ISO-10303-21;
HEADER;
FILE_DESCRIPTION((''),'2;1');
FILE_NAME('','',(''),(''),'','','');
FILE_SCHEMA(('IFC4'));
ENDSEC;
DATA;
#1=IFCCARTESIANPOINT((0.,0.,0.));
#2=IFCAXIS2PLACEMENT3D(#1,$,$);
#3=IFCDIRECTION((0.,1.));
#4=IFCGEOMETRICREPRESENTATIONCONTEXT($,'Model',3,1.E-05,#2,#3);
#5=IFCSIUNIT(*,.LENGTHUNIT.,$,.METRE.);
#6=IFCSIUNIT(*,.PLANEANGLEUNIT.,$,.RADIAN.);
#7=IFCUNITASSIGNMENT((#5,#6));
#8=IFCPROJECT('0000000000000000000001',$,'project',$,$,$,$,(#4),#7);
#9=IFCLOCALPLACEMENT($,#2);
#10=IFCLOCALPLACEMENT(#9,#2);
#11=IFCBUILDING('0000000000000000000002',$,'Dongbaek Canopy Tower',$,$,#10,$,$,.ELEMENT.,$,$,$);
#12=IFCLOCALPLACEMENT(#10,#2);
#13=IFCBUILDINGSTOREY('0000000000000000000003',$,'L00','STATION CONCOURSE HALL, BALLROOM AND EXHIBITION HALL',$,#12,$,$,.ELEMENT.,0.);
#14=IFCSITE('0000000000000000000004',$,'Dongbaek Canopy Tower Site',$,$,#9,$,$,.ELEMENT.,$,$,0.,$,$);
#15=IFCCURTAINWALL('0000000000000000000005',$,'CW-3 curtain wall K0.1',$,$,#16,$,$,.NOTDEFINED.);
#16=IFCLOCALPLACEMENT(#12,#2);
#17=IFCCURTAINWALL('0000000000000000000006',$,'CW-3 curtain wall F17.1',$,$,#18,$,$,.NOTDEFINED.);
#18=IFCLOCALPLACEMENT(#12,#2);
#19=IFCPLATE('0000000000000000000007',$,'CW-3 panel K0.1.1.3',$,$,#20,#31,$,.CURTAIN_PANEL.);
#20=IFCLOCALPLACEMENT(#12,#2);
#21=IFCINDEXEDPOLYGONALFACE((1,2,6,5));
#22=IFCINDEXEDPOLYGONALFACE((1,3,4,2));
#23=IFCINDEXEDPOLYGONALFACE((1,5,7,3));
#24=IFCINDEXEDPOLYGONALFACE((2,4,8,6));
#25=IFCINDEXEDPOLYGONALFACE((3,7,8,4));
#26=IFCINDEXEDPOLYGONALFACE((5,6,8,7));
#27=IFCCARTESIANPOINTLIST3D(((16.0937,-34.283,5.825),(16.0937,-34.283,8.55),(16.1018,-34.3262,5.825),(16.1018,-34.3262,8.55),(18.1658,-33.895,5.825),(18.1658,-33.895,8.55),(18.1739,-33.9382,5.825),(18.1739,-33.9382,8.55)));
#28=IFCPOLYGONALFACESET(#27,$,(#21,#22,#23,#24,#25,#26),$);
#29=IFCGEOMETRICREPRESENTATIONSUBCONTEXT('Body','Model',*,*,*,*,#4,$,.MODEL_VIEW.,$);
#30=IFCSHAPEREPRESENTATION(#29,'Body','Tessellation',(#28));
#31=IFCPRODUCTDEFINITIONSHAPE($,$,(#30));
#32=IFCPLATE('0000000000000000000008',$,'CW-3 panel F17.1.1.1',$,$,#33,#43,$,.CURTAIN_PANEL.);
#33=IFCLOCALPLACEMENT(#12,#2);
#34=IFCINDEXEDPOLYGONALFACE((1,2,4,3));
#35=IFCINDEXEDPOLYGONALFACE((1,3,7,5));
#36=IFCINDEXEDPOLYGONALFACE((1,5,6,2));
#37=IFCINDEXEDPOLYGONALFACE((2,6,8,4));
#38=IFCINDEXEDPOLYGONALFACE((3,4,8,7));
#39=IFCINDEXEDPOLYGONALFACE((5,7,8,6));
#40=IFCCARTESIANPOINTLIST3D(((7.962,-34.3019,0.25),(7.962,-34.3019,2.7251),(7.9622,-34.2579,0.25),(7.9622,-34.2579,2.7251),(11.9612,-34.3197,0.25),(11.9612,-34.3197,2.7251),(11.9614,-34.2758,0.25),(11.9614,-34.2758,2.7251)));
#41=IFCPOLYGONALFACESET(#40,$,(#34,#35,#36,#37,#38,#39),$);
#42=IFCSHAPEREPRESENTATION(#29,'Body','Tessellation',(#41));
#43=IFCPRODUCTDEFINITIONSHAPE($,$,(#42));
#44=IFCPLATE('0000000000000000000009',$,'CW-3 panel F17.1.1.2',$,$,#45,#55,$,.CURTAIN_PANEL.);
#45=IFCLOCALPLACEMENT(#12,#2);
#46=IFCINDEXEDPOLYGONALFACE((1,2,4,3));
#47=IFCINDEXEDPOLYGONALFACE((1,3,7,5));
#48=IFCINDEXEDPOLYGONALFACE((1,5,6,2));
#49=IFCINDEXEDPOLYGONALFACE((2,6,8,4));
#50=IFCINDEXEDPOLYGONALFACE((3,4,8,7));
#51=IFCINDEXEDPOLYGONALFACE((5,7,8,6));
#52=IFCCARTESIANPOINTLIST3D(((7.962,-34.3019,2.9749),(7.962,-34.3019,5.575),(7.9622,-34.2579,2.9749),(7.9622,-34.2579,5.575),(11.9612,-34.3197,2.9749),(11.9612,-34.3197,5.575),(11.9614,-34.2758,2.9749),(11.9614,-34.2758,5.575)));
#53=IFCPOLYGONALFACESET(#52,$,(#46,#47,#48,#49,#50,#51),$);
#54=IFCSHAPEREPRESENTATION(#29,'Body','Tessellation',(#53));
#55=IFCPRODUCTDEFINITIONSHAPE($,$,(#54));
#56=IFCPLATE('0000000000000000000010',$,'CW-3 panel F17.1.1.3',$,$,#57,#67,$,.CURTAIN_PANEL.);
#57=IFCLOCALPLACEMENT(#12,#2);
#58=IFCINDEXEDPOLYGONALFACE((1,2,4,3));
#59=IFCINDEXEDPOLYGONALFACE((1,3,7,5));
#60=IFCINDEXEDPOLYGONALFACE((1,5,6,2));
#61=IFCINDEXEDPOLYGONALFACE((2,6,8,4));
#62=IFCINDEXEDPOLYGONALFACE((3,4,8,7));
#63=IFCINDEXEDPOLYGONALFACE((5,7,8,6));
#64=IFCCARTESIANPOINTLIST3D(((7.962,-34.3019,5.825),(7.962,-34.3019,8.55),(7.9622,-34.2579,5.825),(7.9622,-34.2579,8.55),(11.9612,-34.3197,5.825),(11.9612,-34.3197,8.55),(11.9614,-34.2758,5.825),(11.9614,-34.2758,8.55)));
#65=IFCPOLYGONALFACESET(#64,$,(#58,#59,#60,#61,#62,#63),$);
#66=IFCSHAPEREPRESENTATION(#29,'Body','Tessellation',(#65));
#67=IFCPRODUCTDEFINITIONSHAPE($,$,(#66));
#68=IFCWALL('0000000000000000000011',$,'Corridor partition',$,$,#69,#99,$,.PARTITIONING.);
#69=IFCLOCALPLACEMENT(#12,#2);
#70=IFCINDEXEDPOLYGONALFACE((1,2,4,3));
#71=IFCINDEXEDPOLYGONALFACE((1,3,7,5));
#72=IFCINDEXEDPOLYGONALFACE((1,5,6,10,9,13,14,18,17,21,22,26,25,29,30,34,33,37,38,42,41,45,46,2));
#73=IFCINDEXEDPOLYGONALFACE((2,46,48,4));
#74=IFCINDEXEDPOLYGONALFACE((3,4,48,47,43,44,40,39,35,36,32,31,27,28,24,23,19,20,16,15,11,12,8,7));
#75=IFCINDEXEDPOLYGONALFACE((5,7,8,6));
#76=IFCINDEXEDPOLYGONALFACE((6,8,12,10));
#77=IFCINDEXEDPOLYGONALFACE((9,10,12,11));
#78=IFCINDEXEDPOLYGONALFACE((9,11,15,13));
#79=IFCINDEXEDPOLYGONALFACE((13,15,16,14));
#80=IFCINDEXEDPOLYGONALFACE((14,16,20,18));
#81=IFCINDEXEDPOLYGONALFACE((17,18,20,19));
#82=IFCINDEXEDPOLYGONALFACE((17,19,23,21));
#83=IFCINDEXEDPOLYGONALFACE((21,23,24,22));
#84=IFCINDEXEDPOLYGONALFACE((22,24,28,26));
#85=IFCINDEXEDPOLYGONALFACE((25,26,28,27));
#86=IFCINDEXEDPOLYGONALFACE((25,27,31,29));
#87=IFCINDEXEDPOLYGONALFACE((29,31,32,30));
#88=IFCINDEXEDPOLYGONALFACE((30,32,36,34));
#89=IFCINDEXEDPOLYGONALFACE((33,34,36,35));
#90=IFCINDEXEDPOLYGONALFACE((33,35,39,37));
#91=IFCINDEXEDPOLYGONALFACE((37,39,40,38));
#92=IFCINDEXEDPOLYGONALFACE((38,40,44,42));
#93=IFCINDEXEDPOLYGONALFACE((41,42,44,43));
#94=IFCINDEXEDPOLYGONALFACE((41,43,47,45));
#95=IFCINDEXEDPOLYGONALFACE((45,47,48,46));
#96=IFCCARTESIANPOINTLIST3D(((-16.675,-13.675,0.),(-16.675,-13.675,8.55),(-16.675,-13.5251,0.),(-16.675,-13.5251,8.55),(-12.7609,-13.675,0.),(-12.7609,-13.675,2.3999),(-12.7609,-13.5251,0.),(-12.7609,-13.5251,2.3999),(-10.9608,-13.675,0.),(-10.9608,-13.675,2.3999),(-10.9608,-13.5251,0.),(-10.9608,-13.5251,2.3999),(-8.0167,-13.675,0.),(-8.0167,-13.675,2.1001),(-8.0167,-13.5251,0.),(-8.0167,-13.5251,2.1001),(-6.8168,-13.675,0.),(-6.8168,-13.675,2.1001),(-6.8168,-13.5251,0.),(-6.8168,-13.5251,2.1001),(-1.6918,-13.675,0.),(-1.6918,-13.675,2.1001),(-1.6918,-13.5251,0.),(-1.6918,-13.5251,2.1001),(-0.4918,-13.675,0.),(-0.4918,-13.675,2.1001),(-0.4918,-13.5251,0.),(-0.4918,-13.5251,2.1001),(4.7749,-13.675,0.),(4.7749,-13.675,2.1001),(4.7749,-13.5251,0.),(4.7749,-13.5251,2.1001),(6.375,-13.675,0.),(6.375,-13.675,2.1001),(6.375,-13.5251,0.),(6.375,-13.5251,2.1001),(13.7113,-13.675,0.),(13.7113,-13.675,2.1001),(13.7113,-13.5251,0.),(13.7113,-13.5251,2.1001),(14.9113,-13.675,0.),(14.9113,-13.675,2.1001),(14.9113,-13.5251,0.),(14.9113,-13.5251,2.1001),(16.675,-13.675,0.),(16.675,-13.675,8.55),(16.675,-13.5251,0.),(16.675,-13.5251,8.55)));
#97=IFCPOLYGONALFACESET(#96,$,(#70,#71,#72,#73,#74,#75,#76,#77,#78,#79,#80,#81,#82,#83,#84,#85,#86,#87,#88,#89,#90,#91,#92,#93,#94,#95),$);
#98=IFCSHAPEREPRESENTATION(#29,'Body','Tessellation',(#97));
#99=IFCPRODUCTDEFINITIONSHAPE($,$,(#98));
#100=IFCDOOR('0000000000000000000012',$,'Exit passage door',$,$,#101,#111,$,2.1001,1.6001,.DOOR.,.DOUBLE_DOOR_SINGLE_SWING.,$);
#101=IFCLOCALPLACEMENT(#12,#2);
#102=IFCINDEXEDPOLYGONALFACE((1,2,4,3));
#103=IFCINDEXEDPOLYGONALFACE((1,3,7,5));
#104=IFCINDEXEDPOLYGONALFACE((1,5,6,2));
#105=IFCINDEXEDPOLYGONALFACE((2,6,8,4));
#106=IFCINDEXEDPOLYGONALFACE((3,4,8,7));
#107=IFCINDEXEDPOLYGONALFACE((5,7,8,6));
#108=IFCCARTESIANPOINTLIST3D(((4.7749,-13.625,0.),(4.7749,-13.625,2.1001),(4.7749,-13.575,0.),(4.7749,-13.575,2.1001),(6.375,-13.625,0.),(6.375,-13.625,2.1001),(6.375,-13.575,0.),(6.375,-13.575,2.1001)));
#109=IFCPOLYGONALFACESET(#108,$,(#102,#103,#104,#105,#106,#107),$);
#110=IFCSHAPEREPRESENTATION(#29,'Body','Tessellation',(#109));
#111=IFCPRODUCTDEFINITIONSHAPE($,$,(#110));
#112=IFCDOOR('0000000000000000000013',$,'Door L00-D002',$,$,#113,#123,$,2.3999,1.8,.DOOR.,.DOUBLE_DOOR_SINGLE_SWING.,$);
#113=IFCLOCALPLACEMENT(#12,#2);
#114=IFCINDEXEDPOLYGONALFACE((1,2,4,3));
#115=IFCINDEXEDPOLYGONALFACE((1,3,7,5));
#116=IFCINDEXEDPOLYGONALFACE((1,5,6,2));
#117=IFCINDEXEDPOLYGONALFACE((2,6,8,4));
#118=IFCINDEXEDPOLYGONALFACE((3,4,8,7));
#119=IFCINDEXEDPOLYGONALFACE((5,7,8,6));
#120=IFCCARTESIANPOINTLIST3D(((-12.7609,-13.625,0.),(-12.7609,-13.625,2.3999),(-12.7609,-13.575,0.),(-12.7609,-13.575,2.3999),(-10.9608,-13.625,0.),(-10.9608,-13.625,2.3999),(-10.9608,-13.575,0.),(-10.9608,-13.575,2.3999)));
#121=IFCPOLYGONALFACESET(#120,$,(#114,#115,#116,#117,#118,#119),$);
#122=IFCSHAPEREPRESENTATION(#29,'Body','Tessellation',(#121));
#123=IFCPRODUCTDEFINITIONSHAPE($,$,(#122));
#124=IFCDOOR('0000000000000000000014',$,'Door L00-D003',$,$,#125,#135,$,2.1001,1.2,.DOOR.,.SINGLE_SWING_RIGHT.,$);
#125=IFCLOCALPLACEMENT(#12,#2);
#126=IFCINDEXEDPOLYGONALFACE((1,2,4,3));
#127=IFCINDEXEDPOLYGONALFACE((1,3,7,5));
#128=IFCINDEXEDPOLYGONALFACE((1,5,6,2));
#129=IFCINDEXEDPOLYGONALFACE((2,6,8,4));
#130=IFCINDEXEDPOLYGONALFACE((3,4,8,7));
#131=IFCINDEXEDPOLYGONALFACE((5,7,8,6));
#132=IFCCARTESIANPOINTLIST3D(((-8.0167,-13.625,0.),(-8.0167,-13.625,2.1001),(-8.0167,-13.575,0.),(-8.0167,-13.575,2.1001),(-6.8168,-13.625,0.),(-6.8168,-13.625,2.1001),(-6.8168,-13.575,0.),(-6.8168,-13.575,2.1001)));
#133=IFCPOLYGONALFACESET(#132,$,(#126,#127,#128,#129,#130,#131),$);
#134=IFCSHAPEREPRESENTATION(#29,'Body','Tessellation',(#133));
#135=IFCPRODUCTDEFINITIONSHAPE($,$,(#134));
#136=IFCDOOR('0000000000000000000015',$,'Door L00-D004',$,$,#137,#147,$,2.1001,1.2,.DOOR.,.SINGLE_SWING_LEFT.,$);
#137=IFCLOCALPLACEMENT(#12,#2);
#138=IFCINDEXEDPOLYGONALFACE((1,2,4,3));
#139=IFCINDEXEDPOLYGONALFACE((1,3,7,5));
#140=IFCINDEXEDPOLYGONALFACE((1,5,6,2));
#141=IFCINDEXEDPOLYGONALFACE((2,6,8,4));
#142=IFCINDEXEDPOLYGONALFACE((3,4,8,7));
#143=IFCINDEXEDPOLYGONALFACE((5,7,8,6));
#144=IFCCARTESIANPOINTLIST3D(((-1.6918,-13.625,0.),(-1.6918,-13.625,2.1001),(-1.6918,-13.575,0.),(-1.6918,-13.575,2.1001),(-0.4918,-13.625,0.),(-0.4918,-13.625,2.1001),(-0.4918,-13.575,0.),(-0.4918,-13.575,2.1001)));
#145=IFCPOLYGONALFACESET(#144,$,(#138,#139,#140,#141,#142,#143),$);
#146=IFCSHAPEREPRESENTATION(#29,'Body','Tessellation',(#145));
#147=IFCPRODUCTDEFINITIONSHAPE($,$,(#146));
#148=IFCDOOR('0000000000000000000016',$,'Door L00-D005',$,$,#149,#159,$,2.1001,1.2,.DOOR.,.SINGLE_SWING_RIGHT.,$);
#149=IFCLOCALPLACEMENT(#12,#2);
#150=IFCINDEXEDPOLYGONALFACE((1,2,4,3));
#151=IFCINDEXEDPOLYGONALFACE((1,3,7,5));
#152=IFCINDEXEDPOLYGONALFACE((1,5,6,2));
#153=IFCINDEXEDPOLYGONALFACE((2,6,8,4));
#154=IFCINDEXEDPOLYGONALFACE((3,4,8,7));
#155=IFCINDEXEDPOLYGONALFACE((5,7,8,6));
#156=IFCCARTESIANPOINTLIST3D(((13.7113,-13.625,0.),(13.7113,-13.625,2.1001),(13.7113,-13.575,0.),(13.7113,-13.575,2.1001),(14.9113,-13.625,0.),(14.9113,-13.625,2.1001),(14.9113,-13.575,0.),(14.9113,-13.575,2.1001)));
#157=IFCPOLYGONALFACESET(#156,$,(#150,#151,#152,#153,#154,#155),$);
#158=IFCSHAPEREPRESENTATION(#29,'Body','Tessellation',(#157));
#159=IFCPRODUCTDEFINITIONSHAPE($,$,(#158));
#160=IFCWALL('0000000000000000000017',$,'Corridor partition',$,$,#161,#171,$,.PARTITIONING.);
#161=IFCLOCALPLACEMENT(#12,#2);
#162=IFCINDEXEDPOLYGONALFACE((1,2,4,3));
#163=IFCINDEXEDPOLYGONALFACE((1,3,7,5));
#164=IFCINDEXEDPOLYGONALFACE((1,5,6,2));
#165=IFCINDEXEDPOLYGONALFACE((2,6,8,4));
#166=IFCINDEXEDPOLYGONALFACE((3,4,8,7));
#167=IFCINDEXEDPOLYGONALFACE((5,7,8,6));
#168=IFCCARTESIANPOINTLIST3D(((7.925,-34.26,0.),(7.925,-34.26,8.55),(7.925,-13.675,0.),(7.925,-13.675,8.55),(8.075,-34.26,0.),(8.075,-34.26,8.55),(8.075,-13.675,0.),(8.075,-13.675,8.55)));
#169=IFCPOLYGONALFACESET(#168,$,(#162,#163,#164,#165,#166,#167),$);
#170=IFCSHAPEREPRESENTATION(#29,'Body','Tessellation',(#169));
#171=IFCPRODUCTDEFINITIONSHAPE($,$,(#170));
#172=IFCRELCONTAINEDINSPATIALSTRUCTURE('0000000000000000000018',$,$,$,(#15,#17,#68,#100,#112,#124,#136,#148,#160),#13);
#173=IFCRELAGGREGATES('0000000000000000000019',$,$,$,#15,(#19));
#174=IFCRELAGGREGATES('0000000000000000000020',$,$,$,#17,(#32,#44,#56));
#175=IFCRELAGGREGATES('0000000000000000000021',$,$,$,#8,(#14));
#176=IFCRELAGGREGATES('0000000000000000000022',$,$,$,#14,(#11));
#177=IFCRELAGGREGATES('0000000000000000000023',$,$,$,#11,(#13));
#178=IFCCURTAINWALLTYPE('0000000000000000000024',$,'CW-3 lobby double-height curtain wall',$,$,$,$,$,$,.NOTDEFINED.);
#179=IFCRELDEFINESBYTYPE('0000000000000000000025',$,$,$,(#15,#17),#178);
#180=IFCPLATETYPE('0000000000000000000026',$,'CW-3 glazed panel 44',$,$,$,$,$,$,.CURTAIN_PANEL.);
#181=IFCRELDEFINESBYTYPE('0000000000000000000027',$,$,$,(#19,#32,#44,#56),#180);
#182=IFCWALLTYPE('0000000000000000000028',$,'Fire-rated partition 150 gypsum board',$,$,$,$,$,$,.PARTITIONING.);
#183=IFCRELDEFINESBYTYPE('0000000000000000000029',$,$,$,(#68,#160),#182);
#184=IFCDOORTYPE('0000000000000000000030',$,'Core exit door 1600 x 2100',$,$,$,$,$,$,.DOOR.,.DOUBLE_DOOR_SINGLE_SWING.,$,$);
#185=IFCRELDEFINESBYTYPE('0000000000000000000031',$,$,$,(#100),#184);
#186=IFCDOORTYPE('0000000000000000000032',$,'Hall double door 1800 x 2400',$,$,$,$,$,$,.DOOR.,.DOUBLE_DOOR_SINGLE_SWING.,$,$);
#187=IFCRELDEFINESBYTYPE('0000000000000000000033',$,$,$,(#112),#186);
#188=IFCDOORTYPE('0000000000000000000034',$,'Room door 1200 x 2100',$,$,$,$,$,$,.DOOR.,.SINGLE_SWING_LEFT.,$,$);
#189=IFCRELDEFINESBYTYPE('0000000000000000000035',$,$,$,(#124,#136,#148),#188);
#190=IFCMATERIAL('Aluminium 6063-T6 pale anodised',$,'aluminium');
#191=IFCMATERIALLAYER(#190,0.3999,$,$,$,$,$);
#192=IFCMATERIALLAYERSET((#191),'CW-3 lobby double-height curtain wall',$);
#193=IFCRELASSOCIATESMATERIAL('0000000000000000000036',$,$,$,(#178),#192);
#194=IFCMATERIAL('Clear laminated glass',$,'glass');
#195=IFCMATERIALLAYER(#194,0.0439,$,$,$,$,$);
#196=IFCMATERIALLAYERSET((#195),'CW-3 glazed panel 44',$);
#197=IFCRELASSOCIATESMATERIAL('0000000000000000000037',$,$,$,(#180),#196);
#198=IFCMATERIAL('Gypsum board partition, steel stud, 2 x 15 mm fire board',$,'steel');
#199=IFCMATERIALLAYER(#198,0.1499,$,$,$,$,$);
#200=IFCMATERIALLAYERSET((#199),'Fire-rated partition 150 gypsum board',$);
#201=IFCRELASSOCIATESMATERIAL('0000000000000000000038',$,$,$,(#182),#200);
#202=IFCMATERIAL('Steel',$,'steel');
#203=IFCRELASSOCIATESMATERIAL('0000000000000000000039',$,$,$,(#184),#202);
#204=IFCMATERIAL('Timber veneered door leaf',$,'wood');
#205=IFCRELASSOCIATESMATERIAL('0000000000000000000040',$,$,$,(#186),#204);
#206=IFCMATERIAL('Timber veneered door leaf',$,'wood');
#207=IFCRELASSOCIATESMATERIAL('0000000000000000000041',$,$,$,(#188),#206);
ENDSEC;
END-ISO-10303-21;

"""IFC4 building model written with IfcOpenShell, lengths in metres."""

from ifc_helpers import new_model, si_unit, direction, frame, frame_2d, origin, origin_2d, place, context, subcontext, project, spatial, rectangle, extrude, material, layer, layer_set, type_object, element, fill, aggregate, save


model = new_model("IFC4")

# Units and contexts
model_context = context("Model", 3, precision=1e-05, world=origin(), true_north=direction((0.0, 1.0)))
body_context = subcontext(model_context, "Body", "Model", "MODEL_VIEW")
ifc_project = project(units=[si_unit("LENGTHUNIT", "METRE"), si_unit("PLANEANGLEUNIT", "RADIAN")], contexts=[model_context])

# Site, building, storey
site_placement = place(None, origin())
site = spatial("IfcSite", under=ifc_project, at=site_placement, Name="Dongbaek Canopy Tower Site", CompositionType="ELEMENT", RefElevation=0.0)
building_placement = place(site_placement, origin())
building = spatial("IfcBuilding", under=site, at=building_placement, Name="Dongbaek Canopy Tower", CompositionType="ELEMENT")
storey_placement = place(building_placement, origin())
storey = spatial("IfcBuildingStorey", under=building, at=storey_placement, Name="L00", Description="STATION CONCOURSE HALL, BALLROOM AND EXHIBITION HALL", CompositionType="ELEMENT", Elevation=0.0)

# Curtain wall
ifc_material_1 = material(Name="Aluminium 6063-T6 pale anodised", Category="aluminium")
ifc_layer_1 = layer(ifc_material_1, 0.3999)
ifc_layer_set_1 = layer_set([ifc_layer_1], Name="CW-3 lobby double-height curtain wall")
curtain_wall_type = type_object("IfcCurtainWallType", Name="CW-3 lobby double-height curtain wall", PredefinedType="NOTDEFINED", material=ifc_layer_set_1)
curtain_wall_1_placement = place(storey_placement, origin())
curtain_wall_1 = element("IfcCurtainWall", 1, at=curtain_wall_1_placement, inside=storey, type_object=curtain_wall_type, Name="CW-3 curtain wall K0.1", PredefinedType="NOTDEFINED")

# Curtain wall
curtain_wall_2_placement = place(storey_placement, origin())
curtain_wall_2 = element("IfcCurtainWall", 2, at=curtain_wall_2_placement, inside=storey, type_object=curtain_wall_type, Name="CW-3 curtain wall F17.1", PredefinedType="NOTDEFINED")

# Plates
ifc_material_2 = material(Name="Clear laminated glass", Category="glass")
ifc_layer_2 = layer(ifc_material_2, 0.0439)
ifc_layer_set_2 = layer_set([ifc_layer_2], Name="CW-3 glazed panel 44")
plate_type = type_object("IfcPlateType", Name="CW-3 glazed panel 44", PredefinedType="CURTAIN_PANEL", material=ifc_layer_set_2)
plate_1_placement = place(storey_placement, frame((17.1338, -34.1106, 5.825), z_axis=(0.0, 0.0, 1.0), x_axis=(0.982922, 0.184024, 0.0)))
plate_1 = element("IfcPlate", 3, at=plate_1_placement, type_object=plate_type, Name="CW-3 panel K0.1.1.3", PredefinedType="CURTAIN_PANEL", context=body_context, shape_type="SweptSolid", body=[
    extrude(rectangle(XDim=2.1082, YDim=0.0439, at=origin_2d()), origin(), (0.0, 0.0, 1.0), 2.7251),
])
aggregate(curtain_wall_1, [plate_1])
plate_2_placement = place(storey_placement, frame((9.9617, -34.2888, 0.25), z_axis=(0.0, 0.0, 1.0), x_axis=(0.99999, -0.004466, 0.0)))
plate_2 = element("IfcPlate", 4, at=plate_2_placement, type_object=plate_type, Name="CW-3 panel F17.1.1.1", PredefinedType="CURTAIN_PANEL", context=body_context, shape_type="SweptSolid", body=[
    extrude(rectangle(XDim=3.9993, YDim=0.0439, at=origin_2d()), origin(), (0.0, 0.0, 1.0), 2.4751),
])
plate_3_placement = place(storey_placement, frame((9.9617, -34.2888, 2.9749), z_axis=(0.0, 0.0, 1.0), x_axis=(0.99999, -0.004466, 0.0)))
plate_3 = element("IfcPlate", 5, at=plate_3_placement, type_object=plate_type, Name="CW-3 panel F17.1.1.2", PredefinedType="CURTAIN_PANEL", context=body_context, shape_type="SweptSolid", body=[
    extrude(rectangle(XDim=3.9993, YDim=0.0439, at=origin_2d()), origin(), (0.0, 0.0, 1.0), 2.6001),
])
plate_4_placement = place(storey_placement, frame((9.9617, -34.2888, 5.825), z_axis=(0.0, 0.0, 1.0), x_axis=(0.99999, -0.004466, 0.0)))
plate_4 = element("IfcPlate", 6, at=plate_4_placement, type_object=plate_type, Name="CW-3 panel F17.1.1.3", PredefinedType="CURTAIN_PANEL", context=body_context, shape_type="SweptSolid", body=[
    extrude(rectangle(XDim=3.9993, YDim=0.0439, at=origin_2d()), origin(), (0.0, 0.0, 1.0), 2.7251),
])
aggregate(curtain_wall_2, [plate_2, plate_3, plate_4])

# Wall, openings, doors
ifc_material_3 = material(Name="Gypsum board partition, steel stud, 2 x 15 mm fire board", Category="steel")
ifc_layer_3 = layer(ifc_material_3, 0.1499)
ifc_layer_set_3 = layer_set([ifc_layer_3], Name="Fire-rated partition 150 gypsum board")
wall_type_1 = type_object("IfcWallType", Name="Fire-rated partition 150 gypsum board", PredefinedType="PARTITIONING", material=ifc_layer_set_3)
wall_1_placement = place(storey_placement, frame((16.675, -13.6001, 0.0), z_axis=(0.0, 0.0, 1.0), x_axis=(-1.0, 0.0, 0.0)))
wall_1 = element("IfcWall", 7, at=wall_1_placement, inside=storey, type_object=wall_type_1, Name="Corridor partition", PredefinedType="PARTITIONING", context=body_context, shape_type="SweptSolid", body=[
    extrude(rectangle(XDim=33.3501, YDim=0.1499, at=frame_2d((16.675, 0.0))), origin(), (0.0, 0.0, 1.0), 8.55),
])
opening_1_placement = place(wall_1_placement, frame((27.636, 0.0, 0.0)))
opening_1 = element("IfcOpeningElement", 8, at=opening_1_placement, cuts=wall_1, PredefinedType="OPENING", context=body_context, shape_type="SweptSolid", body=[
    extrude(rectangle(XDim=1.8, YDim=2.3999, at=frame_2d((0.8999, 1.2))), frame((0.0, 0.085, 0.0), z_axis=(0.0, -1.0, 0.0), x_axis=(1.0, 0.0, 0.0)), (0.0, 0.0, 1.0), 0.1699),
])
opening_2_placement = place(wall_1_placement, frame((23.4917, 0.0, 0.0)))
opening_2 = element("IfcOpeningElement", 9, at=opening_2_placement, cuts=wall_1, PredefinedType="OPENING", context=body_context, shape_type="SweptSolid", body=[
    extrude(rectangle(XDim=1.2, YDim=2.1001, at=frame_2d((0.6001, 1.05))), frame((0.0, 0.085, 0.0), z_axis=(0.0, -1.0, 0.0), x_axis=(1.0, 0.0, 0.0)), (0.0, 0.0, 1.0), 0.1699),
])
opening_3_placement = place(wall_1_placement, frame((17.1667, 0.0, 0.0)))
opening_3 = element("IfcOpeningElement", 10, at=opening_3_placement, cuts=wall_1, PredefinedType="OPENING", context=body_context, shape_type="SweptSolid", body=[
    extrude(rectangle(XDim=1.2, YDim=2.1001, at=frame_2d((0.6001, 1.05))), frame((0.0, 0.085, 0.0), z_axis=(0.0, -1.0, 0.0), x_axis=(1.0, 0.0, 0.0)), (0.0, 0.0, 1.0), 0.1699),
])
opening_4_placement = place(wall_1_placement, frame((1.7637, 0.0, 0.0)))
opening_4 = element("IfcOpeningElement", 11, at=opening_4_placement, cuts=wall_1, PredefinedType="OPENING", context=body_context, shape_type="SweptSolid", body=[
    extrude(rectangle(XDim=1.2, YDim=2.1001, at=frame_2d((0.6001, 1.05))), frame((0.0, 0.085, 0.0), z_axis=(0.0, -1.0, 0.0), x_axis=(1.0, 0.0, 0.0)), (0.0, 0.0, 1.0), 0.1699),
])
opening_5_placement = place(wall_1_placement, frame((10.3, 0.0, 0.0)))
opening_5 = element("IfcOpeningElement", 12, at=opening_5_placement, cuts=wall_1, PredefinedType="OPENING", context=body_context, shape_type="SweptSolid", body=[
    extrude(rectangle(XDim=1.6001, YDim=2.1001, at=frame_2d((0.8, 1.05))), frame((0.0, 0.085, 0.0), z_axis=(0.0, -1.0, 0.0), x_axis=(1.0, 0.0, 0.0)), (0.0, 0.0, 1.0), 0.1699),
])
ifc_material_4 = material(Name="Steel", Category="steel")
door_type_1 = type_object("IfcDoorType", Name="Core exit door 1600 x 2100", OperationType="DOUBLE_DOOR_SINGLE_SWING", PredefinedType="DOOR", material=ifc_material_4)
door_1_placement = place(opening_5_placement, origin())
door_1 = element("IfcDoor", 13, at=door_1_placement, inside=storey, type_object=door_type_1, Name="Exit passage door", OperationType="DOUBLE_DOOR_SINGLE_SWING", OverallHeight=2.1001, OverallWidth=1.6001, PredefinedType="DOOR", context=body_context, shape_type="SweptSolid", body=[
    extrude(rectangle(XDim=1.6001, YDim=2.1001, at=frame_2d((0.8, 1.05))), frame((0.0, 0.0249, 0.0), z_axis=(0.0, -1.0, 0.0), x_axis=(1.0, 0.0, 0.0)), (0.0, 0.0, 1.0), 0.05),
])
fill(opening_5, door_1)
ifc_material_5 = material(Name="Timber veneered door leaf", Category="wood")
door_type_2 = type_object("IfcDoorType", Name="Hall double door 1800 x 2400", OperationType="DOUBLE_DOOR_SINGLE_SWING", PredefinedType="DOOR", material=ifc_material_5)
door_2_placement = place(opening_1_placement, origin())
door_2 = element("IfcDoor", 14, at=door_2_placement, inside=storey, type_object=door_type_2, Name="Door L00-D002", OperationType="DOUBLE_DOOR_SINGLE_SWING", OverallHeight=2.3999, OverallWidth=1.8, PredefinedType="DOOR", context=body_context, shape_type="SweptSolid", body=[
    extrude(rectangle(XDim=1.8, YDim=2.3999, at=frame_2d((0.8999, 1.2))), frame((0.0, 0.0249, 0.0), z_axis=(0.0, -1.0, 0.0), x_axis=(1.0, 0.0, 0.0)), (0.0, 0.0, 1.0), 0.05),
])
fill(opening_1, door_2)
ifc_material_6 = material(Name="Timber veneered door leaf", Category="wood")
door_type_3 = type_object("IfcDoorType", Name="Room door 1200 x 2100", OperationType="SINGLE_SWING_LEFT", PredefinedType="DOOR", material=ifc_material_6)
door_3_placement = place(opening_2_placement, origin())
door_3 = element("IfcDoor", 15, at=door_3_placement, inside=storey, type_object=door_type_3, Name="Door L00-D003", OperationType="SINGLE_SWING_RIGHT", OverallHeight=2.1001, OverallWidth=1.2, PredefinedType="DOOR", context=body_context, shape_type="SweptSolid", body=[
    extrude(rectangle(XDim=1.2, YDim=2.1001, at=frame_2d((0.6001, 1.05))), frame((0.0, 0.0249, 0.0), z_axis=(0.0, -1.0, 0.0), x_axis=(1.0, 0.0, 0.0)), (0.0, 0.0, 1.0), 0.05),
])
fill(opening_2, door_3)
door_4_placement = place(opening_3_placement, origin())
door_4 = element("IfcDoor", 16, at=door_4_placement, inside=storey, type_object=door_type_3, Name="Door L00-D004", OperationType="SINGLE_SWING_LEFT", OverallHeight=2.1001, OverallWidth=1.2, PredefinedType="DOOR", context=body_context, shape_type="SweptSolid", body=[
    extrude(rectangle(XDim=1.2, YDim=2.1001, at=frame_2d((0.6001, 1.05))), frame((0.0, 0.0249, 0.0), z_axis=(0.0, -1.0, 0.0), x_axis=(1.0, 0.0, 0.0)), (0.0, 0.0, 1.0), 0.05),
])
fill(opening_3, door_4)
door_5_placement = place(opening_4_placement, origin())
door_5 = element("IfcDoor", 17, at=door_5_placement, inside=storey, type_object=door_type_3, Name="Door L00-D005", OperationType="SINGLE_SWING_RIGHT", OverallHeight=2.1001, OverallWidth=1.2, PredefinedType="DOOR", context=body_context, shape_type="SweptSolid", body=[
    extrude(rectangle(XDim=1.2, YDim=2.1001, at=frame_2d((0.6001, 1.05))), frame((0.0, 0.0249, 0.0), z_axis=(0.0, -1.0, 0.0), x_axis=(1.0, 0.0, 0.0)), (0.0, 0.0, 1.0), 0.05),
])
fill(opening_4, door_5)

# Wall
wall_2_placement = place(storey_placement, frame((8.0, -34.26, 0.0), z_axis=(0.0, 0.0, 1.0), x_axis=(0.0, 1.0, 0.0)))
element("IfcWall", 18, at=wall_2_placement, inside=storey, type_object=wall_type_1, Name="Corridor partition", PredefinedType="PARTITIONING", context=body_context, shape_type="SweptSolid", body=[
    extrude(rectangle(XDim=20.585, YDim=0.1499, at=frame_2d((10.2925, 0.0))), origin(), (0.0, 0.0, 1.0), 8.55),
])

save(model, "model.ifc")
